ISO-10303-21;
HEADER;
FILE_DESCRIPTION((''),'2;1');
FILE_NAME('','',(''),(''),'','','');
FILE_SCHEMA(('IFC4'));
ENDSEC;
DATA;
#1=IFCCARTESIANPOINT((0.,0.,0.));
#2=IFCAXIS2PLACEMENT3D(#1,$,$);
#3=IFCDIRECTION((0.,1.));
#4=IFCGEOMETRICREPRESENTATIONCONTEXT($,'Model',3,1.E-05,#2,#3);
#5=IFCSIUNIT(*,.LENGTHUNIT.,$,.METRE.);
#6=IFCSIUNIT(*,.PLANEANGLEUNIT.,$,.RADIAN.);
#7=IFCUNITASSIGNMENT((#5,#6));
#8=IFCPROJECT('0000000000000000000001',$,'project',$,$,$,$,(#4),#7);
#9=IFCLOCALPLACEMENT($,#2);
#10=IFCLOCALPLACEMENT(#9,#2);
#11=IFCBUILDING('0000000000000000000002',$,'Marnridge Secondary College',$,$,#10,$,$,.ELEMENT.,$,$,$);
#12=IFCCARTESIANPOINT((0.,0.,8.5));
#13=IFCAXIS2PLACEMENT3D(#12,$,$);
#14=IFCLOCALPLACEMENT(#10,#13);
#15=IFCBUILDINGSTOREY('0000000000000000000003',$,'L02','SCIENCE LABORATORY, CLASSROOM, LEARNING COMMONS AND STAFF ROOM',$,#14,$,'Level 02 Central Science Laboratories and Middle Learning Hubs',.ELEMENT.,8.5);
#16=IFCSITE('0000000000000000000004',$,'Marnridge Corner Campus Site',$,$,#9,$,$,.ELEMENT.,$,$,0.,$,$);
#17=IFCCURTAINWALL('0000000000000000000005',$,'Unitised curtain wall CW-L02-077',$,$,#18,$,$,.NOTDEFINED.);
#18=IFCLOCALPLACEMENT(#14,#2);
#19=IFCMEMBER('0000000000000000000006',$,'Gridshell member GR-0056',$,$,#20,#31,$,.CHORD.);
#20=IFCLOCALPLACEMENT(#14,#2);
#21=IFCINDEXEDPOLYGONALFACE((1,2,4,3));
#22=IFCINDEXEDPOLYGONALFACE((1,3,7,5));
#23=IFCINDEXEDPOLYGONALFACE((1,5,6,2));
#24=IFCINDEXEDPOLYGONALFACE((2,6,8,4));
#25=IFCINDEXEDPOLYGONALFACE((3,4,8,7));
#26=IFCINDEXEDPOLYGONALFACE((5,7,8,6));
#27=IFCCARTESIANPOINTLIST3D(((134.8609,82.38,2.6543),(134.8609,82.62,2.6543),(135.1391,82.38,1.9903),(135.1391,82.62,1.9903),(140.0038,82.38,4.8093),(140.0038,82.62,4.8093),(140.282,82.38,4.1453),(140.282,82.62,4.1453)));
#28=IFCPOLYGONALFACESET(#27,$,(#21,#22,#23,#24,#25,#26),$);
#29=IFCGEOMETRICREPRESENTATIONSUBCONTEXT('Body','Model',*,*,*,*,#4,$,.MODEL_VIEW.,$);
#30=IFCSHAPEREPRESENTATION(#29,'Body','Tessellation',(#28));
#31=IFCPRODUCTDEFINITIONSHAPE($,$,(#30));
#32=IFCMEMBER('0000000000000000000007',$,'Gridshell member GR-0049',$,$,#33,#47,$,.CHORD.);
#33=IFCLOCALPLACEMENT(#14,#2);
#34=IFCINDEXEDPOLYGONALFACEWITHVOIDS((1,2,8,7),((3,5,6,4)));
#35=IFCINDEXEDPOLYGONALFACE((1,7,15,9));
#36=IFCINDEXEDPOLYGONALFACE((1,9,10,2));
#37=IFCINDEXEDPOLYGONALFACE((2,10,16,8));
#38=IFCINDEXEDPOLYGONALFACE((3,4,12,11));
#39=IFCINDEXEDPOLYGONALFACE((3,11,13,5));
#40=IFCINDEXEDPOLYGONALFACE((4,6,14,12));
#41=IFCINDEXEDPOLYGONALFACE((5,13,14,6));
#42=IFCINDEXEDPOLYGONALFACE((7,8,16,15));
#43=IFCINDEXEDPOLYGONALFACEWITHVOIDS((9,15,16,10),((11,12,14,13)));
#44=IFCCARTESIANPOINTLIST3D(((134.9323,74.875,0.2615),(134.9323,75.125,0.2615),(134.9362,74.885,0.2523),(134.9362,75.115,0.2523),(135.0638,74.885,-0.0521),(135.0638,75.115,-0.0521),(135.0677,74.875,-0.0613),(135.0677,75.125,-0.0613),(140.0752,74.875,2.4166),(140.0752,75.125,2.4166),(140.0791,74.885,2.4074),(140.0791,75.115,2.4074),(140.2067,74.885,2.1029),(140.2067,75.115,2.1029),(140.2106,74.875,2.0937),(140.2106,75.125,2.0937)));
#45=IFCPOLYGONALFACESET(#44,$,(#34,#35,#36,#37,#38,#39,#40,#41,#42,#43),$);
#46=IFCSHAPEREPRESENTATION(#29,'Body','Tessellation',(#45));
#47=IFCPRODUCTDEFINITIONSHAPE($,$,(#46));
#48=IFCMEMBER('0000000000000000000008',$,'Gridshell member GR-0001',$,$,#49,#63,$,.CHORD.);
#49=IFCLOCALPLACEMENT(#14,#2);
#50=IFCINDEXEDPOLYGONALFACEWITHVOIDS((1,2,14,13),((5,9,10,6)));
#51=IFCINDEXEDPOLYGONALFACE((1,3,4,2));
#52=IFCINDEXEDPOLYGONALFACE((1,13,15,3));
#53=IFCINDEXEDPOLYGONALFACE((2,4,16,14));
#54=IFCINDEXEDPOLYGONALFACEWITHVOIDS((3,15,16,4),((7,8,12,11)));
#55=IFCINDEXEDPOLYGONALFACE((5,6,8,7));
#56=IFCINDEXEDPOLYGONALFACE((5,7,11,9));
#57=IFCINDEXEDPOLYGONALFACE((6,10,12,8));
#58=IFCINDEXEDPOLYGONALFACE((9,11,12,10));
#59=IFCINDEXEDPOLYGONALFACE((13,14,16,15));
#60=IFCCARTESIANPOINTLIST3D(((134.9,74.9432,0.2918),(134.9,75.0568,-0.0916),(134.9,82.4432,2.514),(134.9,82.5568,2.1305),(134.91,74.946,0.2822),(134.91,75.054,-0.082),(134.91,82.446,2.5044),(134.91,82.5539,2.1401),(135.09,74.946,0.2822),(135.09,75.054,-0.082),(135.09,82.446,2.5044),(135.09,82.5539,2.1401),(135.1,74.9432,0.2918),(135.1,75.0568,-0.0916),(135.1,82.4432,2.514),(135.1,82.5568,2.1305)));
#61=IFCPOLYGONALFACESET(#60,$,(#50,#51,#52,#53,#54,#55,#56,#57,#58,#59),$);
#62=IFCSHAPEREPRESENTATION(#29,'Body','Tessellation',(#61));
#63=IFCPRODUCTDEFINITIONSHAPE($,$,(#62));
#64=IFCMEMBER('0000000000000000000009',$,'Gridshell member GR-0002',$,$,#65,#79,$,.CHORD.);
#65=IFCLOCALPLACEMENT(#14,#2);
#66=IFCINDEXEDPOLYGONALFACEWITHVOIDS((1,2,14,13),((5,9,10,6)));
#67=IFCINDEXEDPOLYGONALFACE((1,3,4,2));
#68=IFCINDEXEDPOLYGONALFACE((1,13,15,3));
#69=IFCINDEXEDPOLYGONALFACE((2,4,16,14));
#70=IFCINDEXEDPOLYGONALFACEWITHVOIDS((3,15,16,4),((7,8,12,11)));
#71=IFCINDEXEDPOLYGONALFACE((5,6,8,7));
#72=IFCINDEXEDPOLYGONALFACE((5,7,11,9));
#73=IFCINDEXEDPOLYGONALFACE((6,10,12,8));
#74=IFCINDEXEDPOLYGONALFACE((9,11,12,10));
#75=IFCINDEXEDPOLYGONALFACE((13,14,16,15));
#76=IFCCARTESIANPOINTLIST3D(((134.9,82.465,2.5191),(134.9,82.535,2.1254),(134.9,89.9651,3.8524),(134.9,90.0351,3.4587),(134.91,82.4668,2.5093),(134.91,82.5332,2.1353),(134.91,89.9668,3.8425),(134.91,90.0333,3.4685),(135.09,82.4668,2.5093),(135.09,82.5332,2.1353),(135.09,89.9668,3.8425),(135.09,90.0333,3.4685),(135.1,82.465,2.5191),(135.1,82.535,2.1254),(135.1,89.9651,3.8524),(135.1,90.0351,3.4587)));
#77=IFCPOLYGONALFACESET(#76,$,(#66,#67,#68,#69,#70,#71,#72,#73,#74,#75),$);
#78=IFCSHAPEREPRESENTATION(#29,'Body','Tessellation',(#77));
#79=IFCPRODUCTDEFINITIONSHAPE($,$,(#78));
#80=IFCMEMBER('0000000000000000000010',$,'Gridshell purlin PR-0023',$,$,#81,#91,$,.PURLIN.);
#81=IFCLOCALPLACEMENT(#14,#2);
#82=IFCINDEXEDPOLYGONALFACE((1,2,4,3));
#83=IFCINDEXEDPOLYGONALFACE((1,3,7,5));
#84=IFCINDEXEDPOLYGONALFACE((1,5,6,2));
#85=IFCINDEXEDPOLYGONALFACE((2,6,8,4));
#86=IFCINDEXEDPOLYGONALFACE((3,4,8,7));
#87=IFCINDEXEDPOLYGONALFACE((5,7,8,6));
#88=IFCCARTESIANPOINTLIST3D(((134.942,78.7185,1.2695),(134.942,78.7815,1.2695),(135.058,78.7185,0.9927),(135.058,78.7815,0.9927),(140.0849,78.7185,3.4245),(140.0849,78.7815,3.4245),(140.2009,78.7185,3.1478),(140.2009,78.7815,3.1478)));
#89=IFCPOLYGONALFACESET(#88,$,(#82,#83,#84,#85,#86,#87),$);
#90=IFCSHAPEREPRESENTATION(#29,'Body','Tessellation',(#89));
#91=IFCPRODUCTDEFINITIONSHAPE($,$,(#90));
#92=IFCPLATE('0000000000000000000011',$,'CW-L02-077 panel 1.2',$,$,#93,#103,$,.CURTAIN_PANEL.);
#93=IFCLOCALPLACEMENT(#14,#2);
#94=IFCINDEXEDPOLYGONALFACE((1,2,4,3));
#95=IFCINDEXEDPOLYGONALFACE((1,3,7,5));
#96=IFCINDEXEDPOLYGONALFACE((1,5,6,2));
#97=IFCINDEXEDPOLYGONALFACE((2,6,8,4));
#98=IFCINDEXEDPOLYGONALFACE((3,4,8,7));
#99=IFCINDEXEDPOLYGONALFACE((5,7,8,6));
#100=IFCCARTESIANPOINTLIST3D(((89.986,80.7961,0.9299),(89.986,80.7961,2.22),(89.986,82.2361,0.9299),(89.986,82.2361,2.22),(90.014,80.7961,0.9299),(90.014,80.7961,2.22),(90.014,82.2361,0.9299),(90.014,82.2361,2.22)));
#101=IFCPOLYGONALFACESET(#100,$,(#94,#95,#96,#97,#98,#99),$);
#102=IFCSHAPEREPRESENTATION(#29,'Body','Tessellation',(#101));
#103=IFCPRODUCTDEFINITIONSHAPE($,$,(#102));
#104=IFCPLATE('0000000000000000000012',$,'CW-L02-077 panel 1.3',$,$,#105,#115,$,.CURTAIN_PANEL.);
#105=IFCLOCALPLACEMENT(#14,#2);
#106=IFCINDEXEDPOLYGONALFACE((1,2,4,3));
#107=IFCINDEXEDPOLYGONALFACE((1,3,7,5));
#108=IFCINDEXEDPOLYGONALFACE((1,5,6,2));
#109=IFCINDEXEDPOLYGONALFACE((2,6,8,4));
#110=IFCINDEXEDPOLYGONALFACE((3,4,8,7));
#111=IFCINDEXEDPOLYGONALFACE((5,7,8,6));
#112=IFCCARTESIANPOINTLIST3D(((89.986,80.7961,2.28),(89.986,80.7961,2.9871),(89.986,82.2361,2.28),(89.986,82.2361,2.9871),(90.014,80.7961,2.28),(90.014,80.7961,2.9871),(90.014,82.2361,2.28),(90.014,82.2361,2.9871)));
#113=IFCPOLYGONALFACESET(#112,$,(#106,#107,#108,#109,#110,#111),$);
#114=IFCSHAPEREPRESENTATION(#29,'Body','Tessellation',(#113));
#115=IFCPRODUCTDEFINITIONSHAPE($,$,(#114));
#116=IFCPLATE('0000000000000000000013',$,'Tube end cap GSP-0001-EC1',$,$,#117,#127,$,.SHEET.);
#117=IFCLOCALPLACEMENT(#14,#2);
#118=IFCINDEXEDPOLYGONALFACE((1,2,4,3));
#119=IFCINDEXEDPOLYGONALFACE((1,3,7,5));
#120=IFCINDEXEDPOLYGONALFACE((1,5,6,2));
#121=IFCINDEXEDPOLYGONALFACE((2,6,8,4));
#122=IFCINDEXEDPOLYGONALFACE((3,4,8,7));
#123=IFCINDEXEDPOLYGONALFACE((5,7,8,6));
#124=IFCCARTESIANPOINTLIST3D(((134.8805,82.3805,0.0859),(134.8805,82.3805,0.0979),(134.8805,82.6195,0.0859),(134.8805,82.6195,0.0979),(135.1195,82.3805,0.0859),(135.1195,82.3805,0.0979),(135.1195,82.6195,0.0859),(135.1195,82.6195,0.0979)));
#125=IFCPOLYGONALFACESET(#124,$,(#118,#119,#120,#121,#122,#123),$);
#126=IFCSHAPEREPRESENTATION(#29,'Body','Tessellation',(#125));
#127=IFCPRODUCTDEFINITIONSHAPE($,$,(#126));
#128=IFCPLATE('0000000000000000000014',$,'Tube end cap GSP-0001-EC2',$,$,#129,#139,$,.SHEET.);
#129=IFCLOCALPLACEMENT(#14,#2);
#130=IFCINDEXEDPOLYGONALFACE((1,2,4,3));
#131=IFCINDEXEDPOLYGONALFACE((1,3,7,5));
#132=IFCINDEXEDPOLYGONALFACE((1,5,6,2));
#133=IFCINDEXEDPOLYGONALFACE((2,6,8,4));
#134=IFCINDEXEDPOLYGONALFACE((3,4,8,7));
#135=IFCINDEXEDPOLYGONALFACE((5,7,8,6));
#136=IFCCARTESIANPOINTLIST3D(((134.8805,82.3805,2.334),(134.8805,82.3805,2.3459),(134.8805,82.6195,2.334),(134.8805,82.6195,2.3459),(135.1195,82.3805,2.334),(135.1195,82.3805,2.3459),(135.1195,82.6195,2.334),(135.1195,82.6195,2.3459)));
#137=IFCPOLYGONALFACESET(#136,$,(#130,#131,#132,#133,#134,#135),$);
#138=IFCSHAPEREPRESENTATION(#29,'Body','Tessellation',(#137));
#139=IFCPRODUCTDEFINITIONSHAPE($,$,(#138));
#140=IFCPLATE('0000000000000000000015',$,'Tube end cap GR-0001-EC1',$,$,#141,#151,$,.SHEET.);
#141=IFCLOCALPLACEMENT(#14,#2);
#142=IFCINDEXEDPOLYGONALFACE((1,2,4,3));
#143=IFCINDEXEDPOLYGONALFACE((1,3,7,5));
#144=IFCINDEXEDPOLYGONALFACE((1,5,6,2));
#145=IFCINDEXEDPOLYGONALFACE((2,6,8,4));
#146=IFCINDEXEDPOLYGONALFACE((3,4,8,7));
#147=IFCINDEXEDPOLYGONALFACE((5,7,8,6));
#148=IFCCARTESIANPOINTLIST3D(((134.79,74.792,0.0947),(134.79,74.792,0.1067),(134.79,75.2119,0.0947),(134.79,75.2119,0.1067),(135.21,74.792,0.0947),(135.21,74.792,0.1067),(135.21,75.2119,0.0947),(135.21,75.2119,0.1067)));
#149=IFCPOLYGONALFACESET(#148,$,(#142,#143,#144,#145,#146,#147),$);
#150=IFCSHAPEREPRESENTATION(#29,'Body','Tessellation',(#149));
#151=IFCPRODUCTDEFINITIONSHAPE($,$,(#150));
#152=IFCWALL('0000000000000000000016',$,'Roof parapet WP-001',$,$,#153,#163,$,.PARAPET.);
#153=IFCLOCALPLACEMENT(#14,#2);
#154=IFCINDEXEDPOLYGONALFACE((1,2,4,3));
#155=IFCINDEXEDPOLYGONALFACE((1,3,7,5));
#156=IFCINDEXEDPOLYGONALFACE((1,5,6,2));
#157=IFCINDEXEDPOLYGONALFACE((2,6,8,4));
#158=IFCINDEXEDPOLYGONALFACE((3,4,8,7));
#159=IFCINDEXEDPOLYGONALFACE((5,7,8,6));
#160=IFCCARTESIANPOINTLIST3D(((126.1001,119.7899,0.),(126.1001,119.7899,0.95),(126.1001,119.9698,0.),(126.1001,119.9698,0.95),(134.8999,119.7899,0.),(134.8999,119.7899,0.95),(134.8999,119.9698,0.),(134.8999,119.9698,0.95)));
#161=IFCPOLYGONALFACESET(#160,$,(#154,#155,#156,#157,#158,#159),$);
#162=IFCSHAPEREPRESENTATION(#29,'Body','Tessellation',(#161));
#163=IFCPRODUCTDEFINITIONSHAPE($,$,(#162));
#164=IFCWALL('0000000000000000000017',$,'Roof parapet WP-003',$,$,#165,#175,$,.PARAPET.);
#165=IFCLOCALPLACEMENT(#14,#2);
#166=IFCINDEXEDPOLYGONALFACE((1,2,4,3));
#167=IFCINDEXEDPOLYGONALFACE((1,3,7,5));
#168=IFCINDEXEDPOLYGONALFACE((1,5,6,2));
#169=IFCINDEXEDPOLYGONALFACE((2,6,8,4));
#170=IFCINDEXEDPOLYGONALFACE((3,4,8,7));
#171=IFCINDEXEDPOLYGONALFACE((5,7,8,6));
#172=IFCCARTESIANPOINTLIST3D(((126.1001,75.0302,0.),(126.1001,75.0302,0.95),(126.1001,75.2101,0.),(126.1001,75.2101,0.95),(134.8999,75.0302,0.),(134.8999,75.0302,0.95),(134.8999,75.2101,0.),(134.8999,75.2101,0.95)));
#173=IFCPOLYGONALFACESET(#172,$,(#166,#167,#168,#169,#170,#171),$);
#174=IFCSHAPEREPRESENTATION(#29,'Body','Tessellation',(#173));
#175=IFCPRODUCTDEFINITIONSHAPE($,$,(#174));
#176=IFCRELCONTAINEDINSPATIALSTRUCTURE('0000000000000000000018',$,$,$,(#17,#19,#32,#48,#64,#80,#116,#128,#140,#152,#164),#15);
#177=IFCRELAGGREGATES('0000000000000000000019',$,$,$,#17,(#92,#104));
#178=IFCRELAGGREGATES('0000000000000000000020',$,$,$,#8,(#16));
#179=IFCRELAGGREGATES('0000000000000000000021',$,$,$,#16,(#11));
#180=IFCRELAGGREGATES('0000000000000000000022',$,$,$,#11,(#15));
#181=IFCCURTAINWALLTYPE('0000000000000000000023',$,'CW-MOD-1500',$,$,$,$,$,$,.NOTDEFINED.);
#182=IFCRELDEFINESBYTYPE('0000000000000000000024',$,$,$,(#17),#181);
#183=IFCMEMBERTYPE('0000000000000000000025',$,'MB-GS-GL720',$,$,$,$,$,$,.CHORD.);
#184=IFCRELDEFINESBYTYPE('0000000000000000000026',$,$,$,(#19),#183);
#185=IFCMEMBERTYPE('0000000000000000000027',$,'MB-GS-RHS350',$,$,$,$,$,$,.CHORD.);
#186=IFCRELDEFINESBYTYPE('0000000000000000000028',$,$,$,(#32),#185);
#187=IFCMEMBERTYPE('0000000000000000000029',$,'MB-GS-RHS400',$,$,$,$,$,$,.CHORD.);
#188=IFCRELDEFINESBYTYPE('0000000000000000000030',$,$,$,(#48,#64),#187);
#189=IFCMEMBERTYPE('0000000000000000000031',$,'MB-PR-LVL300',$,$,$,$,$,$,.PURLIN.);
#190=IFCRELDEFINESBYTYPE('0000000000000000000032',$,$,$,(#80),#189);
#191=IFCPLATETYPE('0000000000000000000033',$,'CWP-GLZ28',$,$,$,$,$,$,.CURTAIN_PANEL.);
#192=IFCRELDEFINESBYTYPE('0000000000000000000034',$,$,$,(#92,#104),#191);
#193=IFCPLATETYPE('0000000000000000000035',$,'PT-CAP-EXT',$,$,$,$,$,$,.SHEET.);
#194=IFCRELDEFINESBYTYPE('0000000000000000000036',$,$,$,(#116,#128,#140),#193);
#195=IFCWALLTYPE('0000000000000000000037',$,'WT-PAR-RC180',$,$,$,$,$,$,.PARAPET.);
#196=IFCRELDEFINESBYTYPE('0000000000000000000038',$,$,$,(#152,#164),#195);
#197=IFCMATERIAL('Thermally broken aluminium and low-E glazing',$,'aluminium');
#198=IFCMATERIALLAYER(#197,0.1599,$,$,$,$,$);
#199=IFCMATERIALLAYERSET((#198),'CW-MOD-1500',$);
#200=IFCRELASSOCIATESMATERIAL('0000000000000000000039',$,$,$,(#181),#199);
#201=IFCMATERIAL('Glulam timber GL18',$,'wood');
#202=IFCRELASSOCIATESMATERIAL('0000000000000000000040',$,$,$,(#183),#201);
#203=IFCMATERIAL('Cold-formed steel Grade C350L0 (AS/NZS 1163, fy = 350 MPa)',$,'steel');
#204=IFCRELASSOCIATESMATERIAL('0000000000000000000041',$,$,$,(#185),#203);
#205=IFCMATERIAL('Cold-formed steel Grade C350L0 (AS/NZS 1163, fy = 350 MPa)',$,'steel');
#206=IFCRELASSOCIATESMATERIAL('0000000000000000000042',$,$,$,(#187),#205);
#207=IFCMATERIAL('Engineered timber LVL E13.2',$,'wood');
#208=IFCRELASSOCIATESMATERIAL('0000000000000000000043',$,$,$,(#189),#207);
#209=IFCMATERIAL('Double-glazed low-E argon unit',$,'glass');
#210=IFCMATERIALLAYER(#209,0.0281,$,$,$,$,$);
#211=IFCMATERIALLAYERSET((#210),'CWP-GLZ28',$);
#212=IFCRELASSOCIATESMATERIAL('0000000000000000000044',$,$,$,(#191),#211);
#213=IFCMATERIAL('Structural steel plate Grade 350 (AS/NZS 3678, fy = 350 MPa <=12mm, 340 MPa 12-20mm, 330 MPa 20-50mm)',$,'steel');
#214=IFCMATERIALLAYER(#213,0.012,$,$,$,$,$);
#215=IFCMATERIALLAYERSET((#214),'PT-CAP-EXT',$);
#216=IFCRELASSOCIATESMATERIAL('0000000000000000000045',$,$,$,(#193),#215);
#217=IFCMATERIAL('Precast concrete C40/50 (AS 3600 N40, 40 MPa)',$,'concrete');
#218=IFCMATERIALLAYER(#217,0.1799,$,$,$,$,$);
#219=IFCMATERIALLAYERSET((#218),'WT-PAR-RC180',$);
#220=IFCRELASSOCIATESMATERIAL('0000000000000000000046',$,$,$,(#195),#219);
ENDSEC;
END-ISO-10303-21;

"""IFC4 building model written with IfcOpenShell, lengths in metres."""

from ifc_helpers import new_model, si_unit, direction, frame, frame_2d, origin, origin_2d, place, context, subcontext, project, spatial, rectangle, hollow_rectangle, extrude, material, layer, layer_set, material_profile, profile_set, type_object, element, aggregate, save


model = new_model("IFC4")

# Units and contexts
model_context = context("Model", 3, precision=1e-05, world=origin(), true_north=direction((0.0, 1.0)))
body_context = subcontext(model_context, "Body", "Model", "MODEL_VIEW")
ifc_project = project(units=[si_unit("LENGTHUNIT", "METRE"), si_unit("PLANEANGLEUNIT", "RADIAN")], contexts=[model_context])

# Site, building, storey
site_placement = place(None, origin())
site = spatial("IfcSite", under=ifc_project, at=site_placement, Name="Marnridge Corner Campus Site", CompositionType="ELEMENT", RefElevation=0.0)
building_placement = place(site_placement, origin())
building = spatial("IfcBuilding", under=site, at=building_placement, Name="Marnridge Secondary College", CompositionType="ELEMENT")
storey_placement = place(building_placement, frame((0.0, 0.0, 8.5)))
storey = spatial("IfcBuildingStorey", under=building, at=storey_placement, Name="L02", Description="SCIENCE LABORATORY, CLASSROOM, LEARNING COMMONS AND STAFF ROOM", LongName="Level 02 Central Science Laboratories and Middle Learning Hubs", CompositionType="ELEMENT", Elevation=8.5)

# Curtain wall
ifc_material_1 = material(Name="Thermally broken aluminium and low-E glazing", Category="aluminium")
ifc_layer_1 = layer(ifc_material_1, 0.1599)
ifc_layer_set_1 = layer_set([ifc_layer_1], Name="CW-MOD-1500")
curtain_wall_type = type_object("IfcCurtainWallType", Name="CW-MOD-1500", PredefinedType="NOTDEFINED", material=ifc_layer_set_1)
curtain_wall_placement = place(storey_placement, origin())
curtain_wall = element("IfcCurtainWall", 1, at=curtain_wall_placement, inside=storey, type_object=curtain_wall_type, Name="Unitised curtain wall CW-L02-077", PredefinedType="NOTDEFINED")

# Members
ifc_material_2 = material(Name="Glulam timber GL18", Category="wood")
ifc_material_profile_1 = material_profile(ifc_material_2, rectangle(XDim=0.24, YDim=0.72, at=origin_2d()), Name="GL18 240x720")
ifc_profile_set_1 = profile_set([ifc_material_profile_1], Name="Glulam timber GL18")
member_type_1 = type_object("IfcMemberType", Name="MB-GS-GL720", PredefinedType="CHORD", material=ifc_profile_set_1)
member_1_placement = place(storey_placement, frame((135.0, 82.5, 2.3223), z_axis=(0.922299, 0.0, 0.386477), x_axis=(0.0, 1.0, 0.0)))
element("IfcMember", 2, at=member_1_placement, inside=storey, type_object=member_type_1, Name="Gridshell member GR-0056", PredefinedType="CHORD", context=body_context, shape_type="SweptSolid", body=[
    extrude(rectangle(XDim=0.24, YDim=0.72, at=origin_2d()), origin(), (0.0, 0.0, 1.0), 5.5762),
])
ifc_material_3 = material(Name="Cold-formed steel Grade C350L0 (AS/NZS 1163, fy = 350 MPa)", Category="steel")
ifc_material_profile_2 = material_profile(ifc_material_3, hollow_rectangle(XDim=0.25, YDim=0.3501, WallThickness=0.01, at=origin_2d()), Name="350x250x10.0RHS")
ifc_profile_set_2 = profile_set([ifc_material_profile_2], Name="Cold-formed steel Grade C350L0 (AS/NZS 1163, fy = 350 MPa)")
member_type_2 = type_object("IfcMemberType", Name="MB-GS-RHS350", PredefinedType="CHORD", material=ifc_profile_set_2)
member_2_placement = place(storey_placement, frame((135.0, 75.0, 0.1001), z_axis=(0.922299, 0.0, 0.386477), x_axis=(0.0, 1.0, 0.0)))
element("IfcMember", 3, at=member_2_placement, inside=storey, type_object=member_type_2, Name="Gridshell member GR-0049", PredefinedType="CHORD", context=body_context, shape_type="SweptSolid", body=[
    extrude(hollow_rectangle(XDim=0.25, YDim=0.3501, WallThickness=0.01, at=origin_2d()), origin(), (0.0, 0.0, 1.0), 5.5762),
])
ifc_material_4 = material(Name="Cold-formed steel Grade C350L0 (AS/NZS 1163, fy = 350 MPa)", Category="steel")
ifc_material_profile_3 = material_profile(ifc_material_4, hollow_rectangle(XDim=0.2, YDim=0.3999, WallThickness=0.01, at=origin_2d()), Name="400x200x10.0RHS")
ifc_profile_set_3 = profile_set([ifc_material_profile_3], Name="Cold-formed steel Grade C350L0 (AS/NZS 1163, fy = 350 MPa)")
member_type_3 = type_object("IfcMemberType", Name="MB-GS-RHS400", PredefinedType="CHORD", material=ifc_profile_set_3)
member_3_placement = place(storey_placement, frame((135.0, 75.0, 0.1001), z_axis=(0.0, 0.9588, 0.284082), x_axis=(-1.0, 0.0, 0.0)))
element("IfcMember", 4, at=member_3_placement, inside=storey, type_object=member_type_3, Name="Gridshell member GR-0001", PredefinedType="CHORD", context=body_context, shape_type="SweptSolid", body=[
    extrude(hollow_rectangle(XDim=0.2, YDim=0.3999, WallThickness=0.01, at=origin_2d()), origin(), (0.0, 0.0, 1.0), 7.8223),
])
member_4_placement = place(storey_placement, frame((135.0, 82.5, 2.3223), z_axis=(0.0, 0.984564, 0.175023), x_axis=(-1.0, 0.0, 0.0)))
element("IfcMember", 5, at=member_4_placement, inside=storey, type_object=member_type_3, Name="Gridshell member GR-0002", PredefinedType="CHORD", context=body_context, shape_type="SweptSolid", body=[
    extrude(hollow_rectangle(XDim=0.2, YDim=0.3999, WallThickness=0.01, at=origin_2d()), origin(), (0.0, 0.0, 1.0), 7.6177),
])
ifc_material_5 = material(Name="Engineered timber LVL E13.2", Category="wood")
ifc_material_profile_4 = material_profile(ifc_material_5, rectangle(XDim=0.063, YDim=0.3, at=origin_2d()), Name="LVL 63x300")
ifc_profile_set_4 = profile_set([ifc_material_profile_4], Name="Engineered timber LVL E13.2")
member_type_4 = type_object("IfcMemberType", Name="MB-PR-LVL300", PredefinedType="PURLIN", material=ifc_profile_set_4)
member_5_placement = place(storey_placement, frame((135.0, 78.75, 1.1311), z_axis=(0.922299, 0.0, 0.386477), x_axis=(0.0, 1.0, 0.0)))
element("IfcMember", 6, at=member_5_placement, inside=storey, type_object=member_type_4, Name="Gridshell purlin PR-0023", PredefinedType="PURLIN", context=body_context, shape_type="SweptSolid", body=[
    extrude(rectangle(XDim=0.063, YDim=0.3, at=origin_2d()), origin(), (0.0, 0.0, 1.0), 5.5762),
])

# Plates
ifc_material_6 = material(Name="Double-glazed low-E argon unit", Category="glass")
ifc_layer_2 = layer(ifc_material_6, 0.0281)
ifc_layer_set_2 = layer_set([ifc_layer_2], Name="CWP-GLZ28")
plate_type_1 = type_object("IfcPlateType", Name="CWP-GLZ28", PredefinedType="CURTAIN_PANEL", material=ifc_layer_set_2)
plate_1_placement = place(storey_placement, frame((90.0, 81.5161, 0.9299), z_axis=(0.0, 0.0, 1.0), x_axis=(0.0, -1.0, 0.0)))
plate_1 = element("IfcPlate", 7, at=plate_1_placement, type_object=plate_type_1, Name="CW-L02-077 panel 1.2", PredefinedType="CURTAIN_PANEL", context=body_context, shape_type="SweptSolid", body=[
    extrude(rectangle(XDim=1.4399, YDim=0.0281, at=origin_2d()), origin(), (0.0, 0.0, 1.0), 1.29),
])
plate_2_placement = place(storey_placement, frame((90.0, 81.5161, 2.28), z_axis=(0.0, 0.0, 1.0), x_axis=(0.0, -1.0, 0.0)))
plate_2 = element("IfcPlate", 8, at=plate_2_placement, type_object=plate_type_1, Name="CW-L02-077 panel 1.3", PredefinedType="CURTAIN_PANEL", context=body_context, shape_type="SweptSolid", body=[
    extrude(rectangle(XDim=1.4399, YDim=0.0281, at=origin_2d()), origin(), (0.0, 0.0, 1.0), 0.707),
])
aggregate(curtain_wall, [plate_1, plate_2])

# Plates
ifc_material_7 = material(Name="Structural steel plate Grade 350 (AS/NZS 3678, fy = 350 MPa <=12mm, 340 MPa 12-20mm, 330 MPa 20-50mm)", Category="steel")
ifc_layer_3 = layer(ifc_material_7, 0.012)
ifc_layer_set_3 = layer_set([ifc_layer_3], Name="PT-CAP-EXT")
plate_type_2 = type_object("IfcPlateType", Name="PT-CAP-EXT", PredefinedType="SHEET", material=ifc_layer_set_3)
for number, where, z_axis, x_axis, name in (
    (9, (135.0, 82.5, 0.0859), (0.0, 0.0, 1.0), (1.0, 0.0, 0.0), "Tube end cap GSP-0001-EC1"),
    (10, (135.0, 82.5, 2.334), (0.0, 0.0, 1.0), (1.0, 0.0, 0.0), "Tube end cap GSP-0001-EC2"),
):
    element("IfcPlate", number, at=place(storey_placement, frame(where, z_axis=z_axis, x_axis=x_axis)), inside=storey, type_object=plate_type_2, Name=name, PredefinedType="SHEET", context=body_context, shape_type="SweptSolid", body=[
        extrude(rectangle(XDim=0.239, YDim=0.239, at=origin_2d()), origin(), (0.0, 0.0, 1.0), 0.012),
    ])
plate_3_placement = place(storey_placement, frame((135.0, 75.002, 0.0947), z_axis=(0.0, 0.0, 1.0), x_axis=(0.0, 1.0, 0.0)))
element("IfcPlate", 11, at=plate_3_placement, inside=storey, type_object=plate_type_2, Name="Tube end cap GR-0001-EC1", PredefinedType="SHEET", context=body_context, shape_type="SweptSolid", body=[
    extrude(rectangle(XDim=0.4199, YDim=0.4199, at=origin_2d()), origin(), (0.0, 0.0, 1.0), 0.012),
])

# Walls
ifc_material_8 = material(Name="Precast concrete C40/50 (AS 3600 N40, 40 MPa)", Category="concrete")
ifc_layer_4 = layer(ifc_material_8, 0.1799)
ifc_layer_set_4 = layer_set([ifc_layer_4], Name="WT-PAR-RC180")
wall_type_1 = type_object("IfcWallType", Name="WT-PAR-RC180", PredefinedType="PARAPET", material=ifc_layer_set_4)
for number, where, z_axis, x_axis, name in (
    (12, (126.1001, 119.8799, 0.0), (0.0, 0.0, 1.0), (1.0, 0.0, 0.0), "Roof parapet WP-001"),
    (13, (134.8999, 75.1201, 0.0), (0.0, 0.0, 1.0), (-1.0, 0.0, 0.0), "Roof parapet WP-003"),
):
    element("IfcWall", number, at=place(storey_placement, frame(where, z_axis=z_axis, x_axis=x_axis)), inside=storey, type_object=wall_type_1, Name=name, PredefinedType="PARAPET", context=body_context, shape_type="SweptSolid", body=[
        extrude(rectangle(XDim=8.7998, YDim=0.1799, at=frame_2d((4.3999, 0.0))), origin(), (0.0, 0.0, 1.0), 0.95),
    ])

save(model, "model.ifc")
